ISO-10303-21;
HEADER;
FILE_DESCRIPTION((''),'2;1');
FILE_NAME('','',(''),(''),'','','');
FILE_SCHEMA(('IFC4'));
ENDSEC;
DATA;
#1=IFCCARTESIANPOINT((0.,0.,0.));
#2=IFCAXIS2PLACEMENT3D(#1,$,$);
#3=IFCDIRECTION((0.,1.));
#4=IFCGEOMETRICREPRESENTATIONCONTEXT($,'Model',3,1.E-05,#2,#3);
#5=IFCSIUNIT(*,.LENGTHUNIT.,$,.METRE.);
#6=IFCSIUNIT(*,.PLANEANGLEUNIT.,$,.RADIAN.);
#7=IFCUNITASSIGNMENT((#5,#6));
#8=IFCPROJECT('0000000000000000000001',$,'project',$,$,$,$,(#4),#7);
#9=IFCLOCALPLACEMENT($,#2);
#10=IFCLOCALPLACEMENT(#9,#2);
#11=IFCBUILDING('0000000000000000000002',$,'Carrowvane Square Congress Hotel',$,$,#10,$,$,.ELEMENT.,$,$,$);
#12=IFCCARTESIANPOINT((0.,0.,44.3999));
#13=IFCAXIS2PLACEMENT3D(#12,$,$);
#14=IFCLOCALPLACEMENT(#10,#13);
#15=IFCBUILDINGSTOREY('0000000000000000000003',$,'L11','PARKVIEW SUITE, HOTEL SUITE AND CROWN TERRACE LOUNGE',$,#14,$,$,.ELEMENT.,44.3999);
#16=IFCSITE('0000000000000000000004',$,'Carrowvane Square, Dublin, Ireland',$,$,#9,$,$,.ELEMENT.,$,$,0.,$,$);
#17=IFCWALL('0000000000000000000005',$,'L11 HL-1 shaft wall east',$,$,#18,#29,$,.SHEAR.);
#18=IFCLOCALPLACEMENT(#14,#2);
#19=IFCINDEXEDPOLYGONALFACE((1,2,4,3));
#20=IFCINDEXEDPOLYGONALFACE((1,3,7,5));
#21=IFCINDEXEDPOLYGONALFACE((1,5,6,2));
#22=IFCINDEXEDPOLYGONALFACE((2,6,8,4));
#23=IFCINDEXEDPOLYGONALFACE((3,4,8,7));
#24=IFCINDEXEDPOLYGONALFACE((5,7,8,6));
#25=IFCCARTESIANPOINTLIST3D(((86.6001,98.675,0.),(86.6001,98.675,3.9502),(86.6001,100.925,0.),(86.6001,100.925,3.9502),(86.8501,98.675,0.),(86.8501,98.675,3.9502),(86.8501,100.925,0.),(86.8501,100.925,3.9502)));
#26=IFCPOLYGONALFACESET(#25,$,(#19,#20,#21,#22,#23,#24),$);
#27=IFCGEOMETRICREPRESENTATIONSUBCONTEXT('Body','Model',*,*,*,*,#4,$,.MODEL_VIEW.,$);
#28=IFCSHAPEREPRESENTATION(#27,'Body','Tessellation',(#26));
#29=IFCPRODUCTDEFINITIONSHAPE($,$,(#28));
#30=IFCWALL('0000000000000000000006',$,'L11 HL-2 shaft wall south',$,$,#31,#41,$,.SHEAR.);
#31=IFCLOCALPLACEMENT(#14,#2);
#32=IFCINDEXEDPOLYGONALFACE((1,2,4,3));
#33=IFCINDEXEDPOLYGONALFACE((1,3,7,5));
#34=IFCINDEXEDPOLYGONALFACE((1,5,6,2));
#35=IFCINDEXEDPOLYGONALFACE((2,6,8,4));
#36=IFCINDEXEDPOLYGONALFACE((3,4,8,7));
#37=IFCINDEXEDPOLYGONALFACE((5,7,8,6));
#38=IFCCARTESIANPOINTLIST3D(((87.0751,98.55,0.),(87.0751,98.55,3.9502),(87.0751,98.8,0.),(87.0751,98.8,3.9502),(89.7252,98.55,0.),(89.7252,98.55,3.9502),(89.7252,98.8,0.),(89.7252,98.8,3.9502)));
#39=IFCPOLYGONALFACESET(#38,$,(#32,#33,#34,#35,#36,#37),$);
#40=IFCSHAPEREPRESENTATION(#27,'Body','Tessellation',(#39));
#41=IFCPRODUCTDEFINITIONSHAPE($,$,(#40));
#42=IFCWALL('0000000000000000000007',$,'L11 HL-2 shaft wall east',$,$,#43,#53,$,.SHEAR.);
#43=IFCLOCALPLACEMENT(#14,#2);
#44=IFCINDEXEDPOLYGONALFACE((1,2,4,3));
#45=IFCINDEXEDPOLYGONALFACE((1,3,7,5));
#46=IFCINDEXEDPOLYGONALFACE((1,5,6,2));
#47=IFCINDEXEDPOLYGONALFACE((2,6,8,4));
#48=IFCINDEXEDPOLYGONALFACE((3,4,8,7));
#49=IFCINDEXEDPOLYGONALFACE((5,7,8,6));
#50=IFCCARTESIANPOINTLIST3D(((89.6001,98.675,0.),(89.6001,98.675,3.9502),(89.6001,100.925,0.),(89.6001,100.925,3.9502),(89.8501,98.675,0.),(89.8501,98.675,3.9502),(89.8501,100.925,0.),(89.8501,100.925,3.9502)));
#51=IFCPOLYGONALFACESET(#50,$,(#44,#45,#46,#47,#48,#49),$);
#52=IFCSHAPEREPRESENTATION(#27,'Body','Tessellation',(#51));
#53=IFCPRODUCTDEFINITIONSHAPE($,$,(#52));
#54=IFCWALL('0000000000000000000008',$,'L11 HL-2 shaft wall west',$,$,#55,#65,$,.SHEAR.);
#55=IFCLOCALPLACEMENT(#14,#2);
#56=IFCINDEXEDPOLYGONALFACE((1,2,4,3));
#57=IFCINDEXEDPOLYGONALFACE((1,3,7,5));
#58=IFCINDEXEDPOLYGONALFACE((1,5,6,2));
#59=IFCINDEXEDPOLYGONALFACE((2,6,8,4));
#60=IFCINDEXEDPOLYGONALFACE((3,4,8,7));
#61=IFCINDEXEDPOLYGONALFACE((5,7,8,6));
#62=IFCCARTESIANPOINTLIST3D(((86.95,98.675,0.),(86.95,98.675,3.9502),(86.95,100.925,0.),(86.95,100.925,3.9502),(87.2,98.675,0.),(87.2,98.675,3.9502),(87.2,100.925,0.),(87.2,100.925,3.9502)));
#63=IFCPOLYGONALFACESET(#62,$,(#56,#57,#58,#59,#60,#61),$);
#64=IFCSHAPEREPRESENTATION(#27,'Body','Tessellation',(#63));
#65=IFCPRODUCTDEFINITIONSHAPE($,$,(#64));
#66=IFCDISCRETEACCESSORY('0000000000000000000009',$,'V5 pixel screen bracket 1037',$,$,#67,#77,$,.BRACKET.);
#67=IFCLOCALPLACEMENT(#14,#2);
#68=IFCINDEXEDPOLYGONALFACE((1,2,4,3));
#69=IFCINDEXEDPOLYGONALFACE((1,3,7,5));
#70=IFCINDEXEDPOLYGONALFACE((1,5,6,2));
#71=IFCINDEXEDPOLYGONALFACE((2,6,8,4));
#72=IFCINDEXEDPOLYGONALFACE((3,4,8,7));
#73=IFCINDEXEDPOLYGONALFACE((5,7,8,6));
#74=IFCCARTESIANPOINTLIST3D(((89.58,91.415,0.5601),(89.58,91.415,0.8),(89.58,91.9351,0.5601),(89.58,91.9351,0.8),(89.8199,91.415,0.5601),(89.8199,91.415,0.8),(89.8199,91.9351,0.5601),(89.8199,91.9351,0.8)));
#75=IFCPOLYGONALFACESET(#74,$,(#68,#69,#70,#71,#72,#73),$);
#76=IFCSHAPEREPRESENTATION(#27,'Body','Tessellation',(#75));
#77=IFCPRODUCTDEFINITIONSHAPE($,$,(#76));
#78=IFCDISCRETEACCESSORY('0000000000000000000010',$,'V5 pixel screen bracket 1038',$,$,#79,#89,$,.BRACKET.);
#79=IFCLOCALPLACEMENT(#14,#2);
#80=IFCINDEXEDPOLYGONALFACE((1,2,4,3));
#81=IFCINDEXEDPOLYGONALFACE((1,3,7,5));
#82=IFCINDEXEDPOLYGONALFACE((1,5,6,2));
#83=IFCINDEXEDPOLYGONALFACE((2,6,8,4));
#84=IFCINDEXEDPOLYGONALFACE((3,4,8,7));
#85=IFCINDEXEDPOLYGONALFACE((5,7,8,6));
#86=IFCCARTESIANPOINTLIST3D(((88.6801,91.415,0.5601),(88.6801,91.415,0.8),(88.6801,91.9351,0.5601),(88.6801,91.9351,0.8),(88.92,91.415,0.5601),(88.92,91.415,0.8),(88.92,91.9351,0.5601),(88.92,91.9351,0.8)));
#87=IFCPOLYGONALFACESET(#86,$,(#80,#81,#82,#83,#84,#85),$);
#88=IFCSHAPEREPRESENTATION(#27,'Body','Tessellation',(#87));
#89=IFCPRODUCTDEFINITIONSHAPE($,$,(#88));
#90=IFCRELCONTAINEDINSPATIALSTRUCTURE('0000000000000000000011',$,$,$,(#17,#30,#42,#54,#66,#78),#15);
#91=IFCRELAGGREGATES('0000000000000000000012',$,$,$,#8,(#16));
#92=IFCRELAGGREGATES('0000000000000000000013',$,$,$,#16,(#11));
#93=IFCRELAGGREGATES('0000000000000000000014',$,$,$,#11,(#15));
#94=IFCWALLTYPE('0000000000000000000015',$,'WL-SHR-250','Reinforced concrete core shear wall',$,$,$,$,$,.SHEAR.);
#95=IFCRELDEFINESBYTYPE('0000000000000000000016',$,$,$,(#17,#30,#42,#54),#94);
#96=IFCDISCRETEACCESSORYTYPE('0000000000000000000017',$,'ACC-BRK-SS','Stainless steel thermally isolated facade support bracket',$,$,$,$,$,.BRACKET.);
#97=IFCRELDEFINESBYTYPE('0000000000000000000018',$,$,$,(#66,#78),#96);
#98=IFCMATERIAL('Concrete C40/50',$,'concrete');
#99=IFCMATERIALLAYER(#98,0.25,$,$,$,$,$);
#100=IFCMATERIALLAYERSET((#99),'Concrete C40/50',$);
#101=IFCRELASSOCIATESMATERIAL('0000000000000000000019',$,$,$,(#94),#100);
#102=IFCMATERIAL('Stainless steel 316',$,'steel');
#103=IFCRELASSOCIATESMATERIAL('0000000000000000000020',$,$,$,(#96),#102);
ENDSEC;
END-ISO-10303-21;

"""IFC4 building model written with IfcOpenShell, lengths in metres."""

from ifc_helpers import new_model, si_unit, direction, frame, frame_2d, origin, origin_2d, place, context, subcontext, project, spatial, rectangle, extrude, material, layer, layer_set, type_object, element, save


model = new_model("IFC4")

# Units and contexts
model_context = context("Model", 3, precision=1e-05, world=origin(), true_north=direction((0.0, 1.0)))
body_context = subcontext(model_context, "Body", "Model", "MODEL_VIEW")
ifc_project = project(units=[si_unit("LENGTHUNIT", "METRE"), si_unit("PLANEANGLEUNIT", "RADIAN")], contexts=[model_context])

# Site, building, storey
site_placement = place(None, origin())
site = spatial("IfcSite", under=ifc_project, at=site_placement, Name="Carrowvane Square, Dublin, Ireland", CompositionType="ELEMENT", RefElevation=0.0)
building_placement = place(site_placement, origin())
building = spatial("IfcBuilding", under=site, at=building_placement, Name="Carrowvane Square Congress Hotel", CompositionType="ELEMENT")
storey_placement = place(building_placement, frame((0.0, 0.0, 44.3999)))
storey = spatial("IfcBuildingStorey", under=building, at=storey_placement, Name="L11", Description="PARKVIEW SUITE, HOTEL SUITE AND CROWN TERRACE LOUNGE", CompositionType="ELEMENT", Elevation=44.3999)

# Wall
ifc_material_1 = material(Name="Concrete C40/50", Category="concrete")
ifc_layer_1 = layer(ifc_material_1, 0.25)
ifc_layer_set_1 = layer_set([ifc_layer_1], Name="Concrete C40/50")
wall_type_1 = type_object("IfcWallType", Name="WL-SHR-250", Description="Reinforced concrete core shear wall", PredefinedType="SHEAR", material=ifc_layer_set_1)
wall_1_placement = place(storey_placement, frame((86.7251, 98.675, 0.0), z_axis=(0.0, 0.0, 1.0), x_axis=(0.0, 1.0, 0.0)))
element("IfcWall", 1, at=wall_1_placement, inside=storey, type_object=wall_type_1, Name="L11 HL-1 shaft wall east", PredefinedType="SHEAR", context=body_context, shape_type="SweptSolid", body=[
    extrude(rectangle(XDim=2.25, YDim=0.25, at=frame_2d((1.125, 0.0))), origin(), (0.0, 0.0, 1.0), 3.9502),
])

# Walls
wall_2_placement = place(storey_placement, frame((87.075, 98.675, 0.0), z_axis=(0.0, 0.0, 1.0), x_axis=(1.0, 0.0, 0.0)))
element("IfcWall", 2, at=wall_2_placement, inside=storey, type_object=wall_type_1, Name="L11 HL-2 shaft wall south", PredefinedType="SHEAR", context=body_context, shape_type="SweptSolid", body=[
    extrude(rectangle(XDim=2.6501, YDim=0.25, at=frame_2d((1.3252, 0.0))), origin(), (0.0, 0.0, 1.0), 3.9502),
])
wall_3_placement = place(storey_placement, frame((89.7251, 98.675, 0.0), z_axis=(0.0, 0.0, 1.0), x_axis=(0.0, 1.0, 0.0)))
element("IfcWall", 3, at=wall_3_placement, inside=storey, type_object=wall_type_1, Name="L11 HL-2 shaft wall east", PredefinedType="SHEAR", context=body_context, shape_type="SweptSolid", body=[
    extrude(rectangle(XDim=2.25, YDim=0.25, at=frame_2d((1.125, 0.0))), origin(), (0.0, 0.0, 1.0), 3.9502),
])

# Wall
wall_4_placement = place(storey_placement, frame((87.075, 100.925, 0.0), z_axis=(0.0, 0.0, 1.0), x_axis=(0.0, -1.0, 0.0)))
element("IfcWall", 4, at=wall_4_placement, inside=storey, type_object=wall_type_1, Name="L11 HL-2 shaft wall west", PredefinedType="SHEAR", context=body_context, shape_type="SweptSolid", body=[
    extrude(rectangle(XDim=2.25, YDim=0.25, at=frame_2d((1.125, 0.0))), origin(), (0.0, 0.0, 1.0), 3.9502),
])

# Discrete accessories
ifc_material_2 = material(Name="Stainless steel 316", Category="steel")
discrete_accessory_type = type_object("IfcDiscreteAccessoryType", Name="ACC-BRK-SS", Description="Stainless steel thermally isolated facade support bracket", PredefinedType="BRACKET", material=ifc_material_2)
for number, where, z_axis, x_axis, name in (
    (5, (89.7, 91.675, 0.5601), (0.0, 0.0, 1.0), (-1.0, 0.0, 0.0), "V5 pixel screen bracket 1037"),
    (6, (88.8, 91.675, 0.5601), (0.0, 0.0, 1.0), (-1.0, 0.0, 0.0), "V5 pixel screen bracket 1038"),
):
    element("IfcDiscreteAccessory", number, at=place(storey_placement, frame(where, z_axis=z_axis, x_axis=x_axis)), inside=storey, type_object=discrete_accessory_type, Name=name, PredefinedType="BRACKET", context=body_context, shape_type="SweptSolid", body=[
        extrude(rectangle(XDim=0.24, YDim=0.52, at=origin_2d()), origin(), (0.0, 0.0, 1.0), 0.24),
    ])

save(model, "model.ifc")
